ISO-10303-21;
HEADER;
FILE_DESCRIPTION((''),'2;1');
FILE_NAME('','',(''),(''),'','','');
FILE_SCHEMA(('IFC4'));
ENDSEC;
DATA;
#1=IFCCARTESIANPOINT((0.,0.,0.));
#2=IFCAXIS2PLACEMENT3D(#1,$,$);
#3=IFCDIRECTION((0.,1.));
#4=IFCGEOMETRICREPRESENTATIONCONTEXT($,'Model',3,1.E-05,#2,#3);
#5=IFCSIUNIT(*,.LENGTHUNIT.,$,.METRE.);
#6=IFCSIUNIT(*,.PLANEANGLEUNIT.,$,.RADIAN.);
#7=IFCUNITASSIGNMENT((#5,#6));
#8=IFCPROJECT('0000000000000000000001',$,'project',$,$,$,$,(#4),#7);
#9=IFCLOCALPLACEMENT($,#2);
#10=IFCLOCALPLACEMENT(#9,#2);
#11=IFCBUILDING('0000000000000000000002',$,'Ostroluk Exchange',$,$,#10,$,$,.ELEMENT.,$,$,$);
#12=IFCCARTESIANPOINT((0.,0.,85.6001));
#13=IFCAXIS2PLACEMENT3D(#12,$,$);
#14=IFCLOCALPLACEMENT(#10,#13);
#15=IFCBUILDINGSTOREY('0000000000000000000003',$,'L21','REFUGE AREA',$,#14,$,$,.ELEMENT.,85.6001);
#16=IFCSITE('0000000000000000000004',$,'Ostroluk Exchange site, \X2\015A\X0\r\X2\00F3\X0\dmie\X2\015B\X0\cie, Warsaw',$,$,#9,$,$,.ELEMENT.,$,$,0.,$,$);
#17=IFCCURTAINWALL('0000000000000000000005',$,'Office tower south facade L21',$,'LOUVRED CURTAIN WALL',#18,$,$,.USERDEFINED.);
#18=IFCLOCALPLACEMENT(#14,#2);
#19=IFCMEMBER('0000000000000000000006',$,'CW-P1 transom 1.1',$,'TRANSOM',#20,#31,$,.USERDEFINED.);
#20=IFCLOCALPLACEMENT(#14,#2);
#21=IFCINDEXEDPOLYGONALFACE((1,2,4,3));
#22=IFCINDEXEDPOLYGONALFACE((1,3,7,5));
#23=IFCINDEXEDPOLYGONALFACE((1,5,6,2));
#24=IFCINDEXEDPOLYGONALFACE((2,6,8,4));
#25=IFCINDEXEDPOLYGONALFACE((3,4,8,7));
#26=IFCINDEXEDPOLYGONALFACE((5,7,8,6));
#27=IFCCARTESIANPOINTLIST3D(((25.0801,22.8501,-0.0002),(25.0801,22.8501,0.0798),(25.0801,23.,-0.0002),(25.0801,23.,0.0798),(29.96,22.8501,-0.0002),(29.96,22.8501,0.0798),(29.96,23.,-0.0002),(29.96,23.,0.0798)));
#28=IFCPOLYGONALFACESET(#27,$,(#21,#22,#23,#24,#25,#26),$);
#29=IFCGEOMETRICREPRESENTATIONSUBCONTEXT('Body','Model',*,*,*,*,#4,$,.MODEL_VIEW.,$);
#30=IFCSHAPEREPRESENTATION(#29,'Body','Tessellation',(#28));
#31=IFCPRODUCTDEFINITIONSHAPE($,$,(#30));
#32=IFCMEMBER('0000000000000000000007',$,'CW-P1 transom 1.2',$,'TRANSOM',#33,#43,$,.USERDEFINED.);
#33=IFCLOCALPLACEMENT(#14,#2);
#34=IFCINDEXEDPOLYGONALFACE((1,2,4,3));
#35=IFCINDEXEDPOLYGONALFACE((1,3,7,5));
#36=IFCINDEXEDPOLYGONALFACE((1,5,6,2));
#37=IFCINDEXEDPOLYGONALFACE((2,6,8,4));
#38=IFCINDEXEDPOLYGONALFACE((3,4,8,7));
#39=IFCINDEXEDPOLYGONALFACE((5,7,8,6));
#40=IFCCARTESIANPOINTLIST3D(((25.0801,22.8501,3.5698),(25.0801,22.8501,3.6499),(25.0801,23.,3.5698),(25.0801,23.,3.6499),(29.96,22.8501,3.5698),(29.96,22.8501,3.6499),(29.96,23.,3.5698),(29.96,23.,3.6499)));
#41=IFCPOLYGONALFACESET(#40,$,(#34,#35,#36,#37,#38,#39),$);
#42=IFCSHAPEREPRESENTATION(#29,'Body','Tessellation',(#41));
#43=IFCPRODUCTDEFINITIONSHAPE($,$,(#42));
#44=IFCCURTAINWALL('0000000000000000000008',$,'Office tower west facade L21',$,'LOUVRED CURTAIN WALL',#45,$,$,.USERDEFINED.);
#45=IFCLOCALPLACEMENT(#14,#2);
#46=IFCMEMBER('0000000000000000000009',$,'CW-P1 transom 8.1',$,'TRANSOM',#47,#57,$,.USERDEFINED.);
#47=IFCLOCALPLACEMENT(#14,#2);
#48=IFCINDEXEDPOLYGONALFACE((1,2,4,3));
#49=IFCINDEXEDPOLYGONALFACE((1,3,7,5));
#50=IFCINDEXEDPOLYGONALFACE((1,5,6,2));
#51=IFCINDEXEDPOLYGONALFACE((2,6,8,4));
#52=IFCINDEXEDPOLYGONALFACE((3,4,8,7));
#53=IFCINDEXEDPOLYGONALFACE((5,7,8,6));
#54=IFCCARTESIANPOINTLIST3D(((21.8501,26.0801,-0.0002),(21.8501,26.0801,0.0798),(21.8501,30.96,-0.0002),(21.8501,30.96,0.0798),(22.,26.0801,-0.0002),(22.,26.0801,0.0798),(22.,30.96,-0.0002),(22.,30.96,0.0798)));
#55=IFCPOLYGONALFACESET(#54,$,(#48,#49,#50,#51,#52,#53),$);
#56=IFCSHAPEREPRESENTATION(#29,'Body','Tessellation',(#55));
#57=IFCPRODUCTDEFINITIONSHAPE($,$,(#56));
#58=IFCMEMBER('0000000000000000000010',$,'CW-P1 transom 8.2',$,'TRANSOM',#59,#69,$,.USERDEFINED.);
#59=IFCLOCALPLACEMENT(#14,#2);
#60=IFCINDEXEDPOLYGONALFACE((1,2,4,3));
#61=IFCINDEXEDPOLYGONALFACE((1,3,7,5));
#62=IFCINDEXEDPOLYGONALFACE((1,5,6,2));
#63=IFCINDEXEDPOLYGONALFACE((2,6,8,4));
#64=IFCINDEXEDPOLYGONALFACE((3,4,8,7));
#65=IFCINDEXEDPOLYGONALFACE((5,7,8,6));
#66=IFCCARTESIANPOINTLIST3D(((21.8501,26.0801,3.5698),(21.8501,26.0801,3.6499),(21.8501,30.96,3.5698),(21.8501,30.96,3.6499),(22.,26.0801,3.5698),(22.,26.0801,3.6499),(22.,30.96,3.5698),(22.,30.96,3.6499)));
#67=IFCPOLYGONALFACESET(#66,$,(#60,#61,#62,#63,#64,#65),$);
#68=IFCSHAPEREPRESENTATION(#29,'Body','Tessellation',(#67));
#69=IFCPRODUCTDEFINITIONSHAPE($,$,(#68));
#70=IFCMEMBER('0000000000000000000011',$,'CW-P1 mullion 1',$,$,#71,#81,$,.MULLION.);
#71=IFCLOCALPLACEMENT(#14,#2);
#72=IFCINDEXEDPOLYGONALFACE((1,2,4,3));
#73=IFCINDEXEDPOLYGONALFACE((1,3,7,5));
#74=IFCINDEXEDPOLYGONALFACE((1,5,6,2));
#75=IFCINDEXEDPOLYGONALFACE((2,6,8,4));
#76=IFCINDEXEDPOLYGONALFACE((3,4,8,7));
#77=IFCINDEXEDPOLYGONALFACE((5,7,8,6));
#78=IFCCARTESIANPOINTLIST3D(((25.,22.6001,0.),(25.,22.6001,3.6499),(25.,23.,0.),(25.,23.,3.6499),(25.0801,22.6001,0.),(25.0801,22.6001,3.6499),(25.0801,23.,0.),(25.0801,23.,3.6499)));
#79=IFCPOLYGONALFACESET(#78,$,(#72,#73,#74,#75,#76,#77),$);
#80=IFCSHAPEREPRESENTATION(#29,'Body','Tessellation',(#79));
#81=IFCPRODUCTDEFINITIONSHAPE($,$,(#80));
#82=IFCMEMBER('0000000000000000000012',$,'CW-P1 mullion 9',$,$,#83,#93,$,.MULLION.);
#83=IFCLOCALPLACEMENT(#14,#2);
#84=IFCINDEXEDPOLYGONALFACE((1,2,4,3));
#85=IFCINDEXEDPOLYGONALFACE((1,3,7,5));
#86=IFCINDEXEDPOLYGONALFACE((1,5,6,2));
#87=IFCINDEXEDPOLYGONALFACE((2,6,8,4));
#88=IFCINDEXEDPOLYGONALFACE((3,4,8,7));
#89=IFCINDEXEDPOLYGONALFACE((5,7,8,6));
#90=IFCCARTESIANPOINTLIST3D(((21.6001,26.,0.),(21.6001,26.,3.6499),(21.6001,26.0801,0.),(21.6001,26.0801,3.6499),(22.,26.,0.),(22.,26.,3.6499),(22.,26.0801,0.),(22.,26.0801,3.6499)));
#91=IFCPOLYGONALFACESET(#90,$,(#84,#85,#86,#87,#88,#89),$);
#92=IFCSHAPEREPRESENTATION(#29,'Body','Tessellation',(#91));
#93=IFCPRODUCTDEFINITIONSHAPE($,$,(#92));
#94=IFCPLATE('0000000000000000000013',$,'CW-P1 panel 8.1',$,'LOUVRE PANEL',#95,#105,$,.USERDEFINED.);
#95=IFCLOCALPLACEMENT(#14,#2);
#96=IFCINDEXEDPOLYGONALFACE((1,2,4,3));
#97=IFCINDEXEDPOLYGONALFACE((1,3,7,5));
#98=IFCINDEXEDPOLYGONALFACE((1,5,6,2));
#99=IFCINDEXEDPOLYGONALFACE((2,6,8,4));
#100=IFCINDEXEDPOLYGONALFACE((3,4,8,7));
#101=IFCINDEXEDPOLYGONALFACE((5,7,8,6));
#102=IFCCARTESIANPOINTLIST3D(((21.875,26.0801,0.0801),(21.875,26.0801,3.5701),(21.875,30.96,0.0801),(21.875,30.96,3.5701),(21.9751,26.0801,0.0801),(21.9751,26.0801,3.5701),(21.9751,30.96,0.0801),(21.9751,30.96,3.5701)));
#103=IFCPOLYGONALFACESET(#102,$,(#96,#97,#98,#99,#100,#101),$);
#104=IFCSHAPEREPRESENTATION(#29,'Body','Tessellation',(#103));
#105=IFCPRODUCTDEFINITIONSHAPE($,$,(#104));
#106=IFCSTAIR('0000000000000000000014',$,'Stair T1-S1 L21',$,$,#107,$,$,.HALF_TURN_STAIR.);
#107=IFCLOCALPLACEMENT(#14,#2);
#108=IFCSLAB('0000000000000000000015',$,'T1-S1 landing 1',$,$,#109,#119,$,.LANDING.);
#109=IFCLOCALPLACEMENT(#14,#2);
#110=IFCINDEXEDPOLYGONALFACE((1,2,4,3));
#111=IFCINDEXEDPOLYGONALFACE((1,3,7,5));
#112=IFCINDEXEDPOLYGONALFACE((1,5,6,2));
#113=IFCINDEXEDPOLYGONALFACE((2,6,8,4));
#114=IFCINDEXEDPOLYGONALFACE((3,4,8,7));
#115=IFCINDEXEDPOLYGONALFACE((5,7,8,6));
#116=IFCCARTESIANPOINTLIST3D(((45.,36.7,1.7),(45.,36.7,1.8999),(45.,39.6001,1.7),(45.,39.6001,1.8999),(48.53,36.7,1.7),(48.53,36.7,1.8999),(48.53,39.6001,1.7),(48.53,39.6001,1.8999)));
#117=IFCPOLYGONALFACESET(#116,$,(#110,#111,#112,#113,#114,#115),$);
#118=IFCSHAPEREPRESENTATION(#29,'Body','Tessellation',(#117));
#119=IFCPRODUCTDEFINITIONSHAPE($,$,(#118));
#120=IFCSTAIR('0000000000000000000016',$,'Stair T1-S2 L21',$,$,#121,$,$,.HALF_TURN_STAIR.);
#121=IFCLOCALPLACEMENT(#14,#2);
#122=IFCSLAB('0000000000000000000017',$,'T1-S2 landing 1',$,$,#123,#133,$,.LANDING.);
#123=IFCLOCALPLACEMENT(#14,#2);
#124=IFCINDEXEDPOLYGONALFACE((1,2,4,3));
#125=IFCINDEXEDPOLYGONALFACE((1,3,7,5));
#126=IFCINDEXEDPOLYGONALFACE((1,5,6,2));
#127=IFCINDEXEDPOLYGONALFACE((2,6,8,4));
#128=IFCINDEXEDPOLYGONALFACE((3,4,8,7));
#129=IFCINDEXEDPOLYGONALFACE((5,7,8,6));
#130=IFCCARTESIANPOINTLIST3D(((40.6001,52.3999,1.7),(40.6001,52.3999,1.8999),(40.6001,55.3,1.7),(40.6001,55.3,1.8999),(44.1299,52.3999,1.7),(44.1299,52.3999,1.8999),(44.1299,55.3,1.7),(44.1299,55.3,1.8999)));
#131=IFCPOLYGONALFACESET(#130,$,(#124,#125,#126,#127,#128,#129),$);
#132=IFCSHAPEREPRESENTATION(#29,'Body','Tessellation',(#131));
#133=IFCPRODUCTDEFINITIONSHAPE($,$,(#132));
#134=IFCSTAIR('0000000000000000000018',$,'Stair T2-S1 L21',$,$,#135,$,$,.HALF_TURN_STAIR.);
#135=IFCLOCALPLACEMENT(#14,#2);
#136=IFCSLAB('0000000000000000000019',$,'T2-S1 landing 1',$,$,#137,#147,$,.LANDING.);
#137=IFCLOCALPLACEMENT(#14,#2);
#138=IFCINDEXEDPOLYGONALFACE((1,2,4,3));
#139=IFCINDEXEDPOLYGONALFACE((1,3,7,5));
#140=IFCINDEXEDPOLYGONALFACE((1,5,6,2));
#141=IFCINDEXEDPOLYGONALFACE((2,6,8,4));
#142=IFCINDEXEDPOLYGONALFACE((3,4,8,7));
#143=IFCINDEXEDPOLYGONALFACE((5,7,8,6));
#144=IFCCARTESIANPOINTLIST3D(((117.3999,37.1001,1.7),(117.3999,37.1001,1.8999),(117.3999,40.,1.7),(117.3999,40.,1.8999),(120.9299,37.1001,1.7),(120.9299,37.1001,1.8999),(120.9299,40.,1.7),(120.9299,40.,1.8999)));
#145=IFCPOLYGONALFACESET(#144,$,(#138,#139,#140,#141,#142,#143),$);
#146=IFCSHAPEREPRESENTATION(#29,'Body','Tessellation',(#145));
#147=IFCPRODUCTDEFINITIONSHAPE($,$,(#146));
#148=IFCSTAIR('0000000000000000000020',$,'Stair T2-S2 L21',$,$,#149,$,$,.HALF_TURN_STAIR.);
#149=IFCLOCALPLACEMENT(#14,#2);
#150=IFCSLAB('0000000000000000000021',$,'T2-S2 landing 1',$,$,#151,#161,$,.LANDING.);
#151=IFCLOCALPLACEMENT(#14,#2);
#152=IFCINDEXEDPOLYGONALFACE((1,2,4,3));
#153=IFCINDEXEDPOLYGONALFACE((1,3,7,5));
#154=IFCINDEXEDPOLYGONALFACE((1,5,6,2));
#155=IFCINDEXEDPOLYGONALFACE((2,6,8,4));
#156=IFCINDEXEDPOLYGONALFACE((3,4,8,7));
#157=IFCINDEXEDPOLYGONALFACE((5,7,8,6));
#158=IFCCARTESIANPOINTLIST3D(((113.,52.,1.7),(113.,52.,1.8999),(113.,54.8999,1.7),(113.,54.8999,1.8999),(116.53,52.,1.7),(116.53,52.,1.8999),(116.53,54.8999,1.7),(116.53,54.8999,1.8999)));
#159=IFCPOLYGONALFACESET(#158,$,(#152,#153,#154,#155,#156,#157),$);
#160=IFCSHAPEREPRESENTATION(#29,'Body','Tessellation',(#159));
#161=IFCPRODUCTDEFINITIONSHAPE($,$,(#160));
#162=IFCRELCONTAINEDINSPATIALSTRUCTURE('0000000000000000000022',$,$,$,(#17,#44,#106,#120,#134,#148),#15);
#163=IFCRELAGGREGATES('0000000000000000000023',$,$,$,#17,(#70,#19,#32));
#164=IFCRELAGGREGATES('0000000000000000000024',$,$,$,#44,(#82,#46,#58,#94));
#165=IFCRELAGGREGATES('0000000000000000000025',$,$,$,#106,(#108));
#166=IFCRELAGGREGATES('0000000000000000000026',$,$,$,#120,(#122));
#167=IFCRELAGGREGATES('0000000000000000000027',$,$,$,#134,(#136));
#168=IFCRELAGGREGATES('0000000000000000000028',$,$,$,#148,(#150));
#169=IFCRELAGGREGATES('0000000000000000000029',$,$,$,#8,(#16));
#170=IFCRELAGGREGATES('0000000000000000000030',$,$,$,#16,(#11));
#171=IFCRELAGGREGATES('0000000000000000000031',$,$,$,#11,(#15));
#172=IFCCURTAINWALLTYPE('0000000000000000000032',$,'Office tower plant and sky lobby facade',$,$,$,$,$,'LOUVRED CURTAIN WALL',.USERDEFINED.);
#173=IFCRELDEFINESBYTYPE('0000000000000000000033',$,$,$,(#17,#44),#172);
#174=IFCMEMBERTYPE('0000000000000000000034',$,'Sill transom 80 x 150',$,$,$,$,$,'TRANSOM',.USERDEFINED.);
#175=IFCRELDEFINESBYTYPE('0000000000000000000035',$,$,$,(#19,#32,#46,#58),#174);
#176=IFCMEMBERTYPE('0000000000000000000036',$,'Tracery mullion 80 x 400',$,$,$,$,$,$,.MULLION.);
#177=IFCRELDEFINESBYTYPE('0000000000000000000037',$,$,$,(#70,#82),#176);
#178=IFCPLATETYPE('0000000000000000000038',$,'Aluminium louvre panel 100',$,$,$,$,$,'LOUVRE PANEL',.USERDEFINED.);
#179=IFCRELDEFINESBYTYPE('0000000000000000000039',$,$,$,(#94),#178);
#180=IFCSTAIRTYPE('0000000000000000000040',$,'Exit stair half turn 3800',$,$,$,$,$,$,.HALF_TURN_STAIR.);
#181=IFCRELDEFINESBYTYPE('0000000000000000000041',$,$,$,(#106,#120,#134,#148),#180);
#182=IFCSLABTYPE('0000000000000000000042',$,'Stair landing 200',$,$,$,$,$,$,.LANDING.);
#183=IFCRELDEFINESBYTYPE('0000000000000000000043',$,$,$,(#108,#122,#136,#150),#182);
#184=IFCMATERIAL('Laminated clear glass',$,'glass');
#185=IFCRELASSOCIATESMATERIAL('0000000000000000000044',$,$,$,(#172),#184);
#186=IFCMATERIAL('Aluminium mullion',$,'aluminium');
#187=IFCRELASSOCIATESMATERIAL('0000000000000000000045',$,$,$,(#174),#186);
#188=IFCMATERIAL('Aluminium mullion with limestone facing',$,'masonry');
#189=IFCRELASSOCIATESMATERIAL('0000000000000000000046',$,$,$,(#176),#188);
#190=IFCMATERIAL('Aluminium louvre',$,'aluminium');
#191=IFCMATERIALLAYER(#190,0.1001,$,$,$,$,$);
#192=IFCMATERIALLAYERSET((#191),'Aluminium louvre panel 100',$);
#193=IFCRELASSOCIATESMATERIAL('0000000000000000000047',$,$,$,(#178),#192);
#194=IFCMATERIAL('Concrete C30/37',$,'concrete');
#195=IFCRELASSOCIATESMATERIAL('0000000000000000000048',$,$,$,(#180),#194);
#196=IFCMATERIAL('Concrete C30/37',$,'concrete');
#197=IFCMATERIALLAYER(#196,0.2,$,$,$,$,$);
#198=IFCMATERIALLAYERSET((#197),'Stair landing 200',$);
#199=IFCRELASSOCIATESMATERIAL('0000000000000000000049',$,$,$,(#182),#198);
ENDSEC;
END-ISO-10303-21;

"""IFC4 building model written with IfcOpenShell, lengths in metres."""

from ifc_helpers import new_model, si_unit, direction, frame, origin, origin_2d, place, context, subcontext, project, spatial, polyline, rectangle, outline, extrude, material, layer, layer_set, material_profile, profile_set, type_object, element, aggregate, save


model = new_model("IFC4")

# Units and contexts
model_context = context("Model", 3, precision=1e-05, world=origin(), true_north=direction((0.0, 1.0)))
body_context = subcontext(model_context, "Body", "Model", "MODEL_VIEW")
ifc_project = project(units=[si_unit("LENGTHUNIT", "METRE"), si_unit("PLANEANGLEUNIT", "RADIAN")], contexts=[model_context])

# Site, building, storey
site_placement = place(None, origin())
site = spatial("IfcSite", under=ifc_project, at=site_placement, Name="Ostroluk Exchange site, Śródmieście, Warsaw", CompositionType="ELEMENT", RefElevation=0.0)
building_placement = place(site_placement, origin())
building = spatial("IfcBuilding", under=site, at=building_placement, Name="Ostroluk Exchange", CompositionType="ELEMENT")
storey_placement = place(building_placement, frame((0.0, 0.0, 85.6001)))
storey = spatial("IfcBuildingStorey", under=building, at=storey_placement, Name="L21", Description="REFUGE AREA", CompositionType="ELEMENT", Elevation=85.6001)

# Curtain walls, members
ifc_material_1 = material(Name="Laminated clear glass", Category="glass")
curtain_wall_type = type_object("IfcCurtainWallType", Name="Office tower plant and sky lobby facade", ElementType="LOUVRED CURTAIN WALL", PredefinedType="USERDEFINED", material=ifc_material_1)
curtain_wall_1_placement = place(storey_placement, origin())
curtain_wall_1 = element("IfcCurtainWall", 1, at=curtain_wall_1_placement, inside=storey, type_object=curtain_wall_type, Name="Office tower south facade L21", ObjectType="LOUVRED CURTAIN WALL", PredefinedType="USERDEFINED")
ifc_material_2 = material(Name="Aluminium mullion", Category="aluminium")
ifc_material_profile_1 = material_profile(ifc_material_2, rectangle(XDim=0.1499, YDim=0.0801, at=origin_2d()), Name="Sill transom 80 x 150")
ifc_profile_set_1 = profile_set([ifc_material_profile_1], Name="Aluminium mullion")
member_type_1 = type_object("IfcMemberType", Name="Sill transom 80 x 150", ElementType="TRANSOM", PredefinedType="USERDEFINED", material=ifc_profile_set_1)
member_1_placement = place(storey_placement, frame((25.0801, 22.925, 0.0398), z_axis=(1.0, 0.0, 0.0), x_axis=(0.0, 1.0, 0.0)))
member_1 = element("IfcMember", 2, at=member_1_placement, type_object=member_type_1, Name="CW-P1 transom 1.1", ObjectType="TRANSOM", PredefinedType="USERDEFINED", context=body_context, shape_type="SweptSolid", body=[
    extrude(rectangle(XDim=0.1499, YDim=0.0801, at=origin_2d()), origin(), (0.0, 0.0, 1.0), 4.8799),
])
member_2_placement = place(storey_placement, frame((25.0801, 22.925, 3.6099), z_axis=(1.0, 0.0, 0.0), x_axis=(0.0, 1.0, 0.0)))
member_2 = element("IfcMember", 3, at=member_2_placement, type_object=member_type_1, Name="CW-P1 transom 1.2", ObjectType="TRANSOM", PredefinedType="USERDEFINED", context=body_context, shape_type="SweptSolid", body=[
    extrude(rectangle(XDim=0.1499, YDim=0.0801, at=origin_2d()), origin(), (0.0, 0.0, 1.0), 4.8799),
])
curtain_wall_2_placement = place(storey_placement, origin())
curtain_wall_2 = element("IfcCurtainWall", 4, at=curtain_wall_2_placement, inside=storey, type_object=curtain_wall_type, Name="Office tower west facade L21", ObjectType="LOUVRED CURTAIN WALL", PredefinedType="USERDEFINED")
member_3_placement = place(storey_placement, frame((21.925, 30.96, 0.0398), z_axis=(0.0, -1.0, 0.0), x_axis=(1.0, 0.0, 0.0)))
member_3 = element("IfcMember", 5, at=member_3_placement, type_object=member_type_1, Name="CW-P1 transom 8.1", ObjectType="TRANSOM", PredefinedType="USERDEFINED", context=body_context, shape_type="SweptSolid", body=[
    extrude(rectangle(XDim=0.1499, YDim=0.0801, at=origin_2d()), origin(), (0.0, 0.0, 1.0), 4.8799),
])
member_4_placement = place(storey_placement, frame((21.925, 30.96, 3.6099), z_axis=(0.0, -1.0, 0.0), x_axis=(1.0, 0.0, 0.0)))
member_4 = element("IfcMember", 6, at=member_4_placement, type_object=member_type_1, Name="CW-P1 transom 8.2", ObjectType="TRANSOM", PredefinedType="USERDEFINED", context=body_context, shape_type="SweptSolid", body=[
    extrude(rectangle(XDim=0.1499, YDim=0.0801, at=origin_2d()), origin(), (0.0, 0.0, 1.0), 4.8799),
])

# Members
ifc_material_3 = material(Name="Aluminium mullion with limestone facing", Category="masonry")
ifc_material_profile_2 = material_profile(ifc_material_3, rectangle(XDim=0.3999, YDim=0.0801, at=origin_2d()), Name="Tracery mullion 80 x 400")
ifc_profile_set_2 = profile_set([ifc_material_profile_2], Name="Aluminium mullion with limestone facing")
member_type_2 = type_object("IfcMemberType", Name="Tracery mullion 80 x 400", PredefinedType="MULLION", material=ifc_profile_set_2)
member_5_placement = place(storey_placement, frame((25.04, 22.8, 0.0), z_axis=(0.0, 0.0, 1.0), x_axis=(0.0, 1.0, 0.0)))
member_5 = element("IfcMember", 7, at=member_5_placement, type_object=member_type_2, Name="CW-P1 mullion 1", PredefinedType="MULLION", context=body_context, shape_type="SweptSolid", body=[
    extrude(rectangle(XDim=0.3999, YDim=0.0801, at=origin_2d()), origin(), (0.0, 0.0, 1.0), 3.6499),
])
aggregate(curtain_wall_1, [member_5, member_1, member_2])
member_6_placement = place(storey_placement, frame((21.8, 26.04, 0.0), z_axis=(0.0, 0.0, 1.0), x_axis=(1.0, 0.0, 0.0)))
member_6 = element("IfcMember", 8, at=member_6_placement, type_object=member_type_2, Name="CW-P1 mullion 9", PredefinedType="MULLION", context=body_context, shape_type="SweptSolid", body=[
    extrude(rectangle(XDim=0.3999, YDim=0.0801, at=origin_2d()), origin(), (0.0, 0.0, 1.0), 3.6499),
])

# Plate
ifc_material_4 = material(Name="Aluminium louvre", Category="aluminium")
ifc_layer_1 = layer(ifc_material_4, 0.1001)
ifc_layer_set_1 = layer_set([ifc_layer_1], Name="Aluminium louvre panel 100")
plate_type = type_object("IfcPlateType", Name="Aluminium louvre panel 100", ElementType="LOUVRE PANEL", PredefinedType="USERDEFINED", material=ifc_layer_set_1)
plate_placement = place(storey_placement, frame((21.925, 28.52, 0.0801), z_axis=(0.0, 0.0, 1.0), x_axis=(0.0, -1.0, 0.0)))
plate = element("IfcPlate", 9, at=plate_placement, type_object=plate_type, Name="CW-P1 panel 8.1", ObjectType="LOUVRE PANEL", PredefinedType="USERDEFINED", context=body_context, shape_type="SweptSolid", body=[
    extrude(rectangle(XDim=4.8799, YDim=0.1001, at=origin_2d()), origin(), (0.0, 0.0, 1.0), 3.49),
])
aggregate(curtain_wall_2, [member_6, member_3, member_4, plate])

# Stairs, slabs
ifc_material_5 = material(Name="Concrete C30/37", Category="concrete")
stair_type = type_object("IfcStairType", Name="Exit stair half turn 3800", PredefinedType="HALF_TURN_STAIR", material=ifc_material_5)
stair_1_placement = place(storey_placement, origin())
stair_1 = element("IfcStair", 10, at=stair_1_placement, inside=storey, type_object=stair_type, Name="Stair T1-S1 L21", PredefinedType="HALF_TURN_STAIR")
ifc_material_6 = material(Name="Concrete C30/37", Category="concrete")
ifc_layer_2 = layer(ifc_material_6, 0.2)
ifc_layer_set_2 = layer_set([ifc_layer_2], Name="Stair landing 200")
slab_type_1 = type_object("IfcSlabType", Name="Stair landing 200", PredefinedType="LANDING", material=ifc_layer_set_2)
slab_1_placement = place(storey_placement, frame((0.0, 0.0, 1.7)))
slab_1 = element("IfcSlab", 11, at=slab_1_placement, type_object=slab_type_1, Name="T1-S1 landing 1", PredefinedType="LANDING", context=body_context, shape_type="SweptSolid", body=[
    extrude(outline(polyline([(45.0, 36.7), (45.0, 39.6001), (48.53, 39.6001), (48.53, 36.7), (45.0, 36.7)])), origin(), (0.0, 0.0, 1.0), 0.2),
])
aggregate(stair_1, [slab_1])
stair_2_placement = place(storey_placement, origin())
stair_2 = element("IfcStair", 12, at=stair_2_placement, inside=storey, type_object=stair_type, Name="Stair T1-S2 L21", PredefinedType="HALF_TURN_STAIR")
slab_2_placement = place(storey_placement, frame((0.0, 0.0, 1.7)))
slab_2 = element("IfcSlab", 13, at=slab_2_placement, type_object=slab_type_1, Name="T1-S2 landing 1", PredefinedType="LANDING", context=body_context, shape_type="SweptSolid", body=[
    extrude(outline(polyline([(44.1299, 52.3999), (44.1299, 55.3), (40.6001, 55.3), (40.6001, 52.3999), (44.1299, 52.3999)])), origin(), (0.0, 0.0, 1.0), 0.2),
])
aggregate(stair_2, [slab_2])
stair_3_placement = place(storey_placement, origin())
stair_3 = element("IfcStair", 14, at=stair_3_placement, inside=storey, type_object=stair_type, Name="Stair T2-S1 L21", PredefinedType="HALF_TURN_STAIR")
slab_3_placement = place(storey_placement, frame((0.0, 0.0, 1.7)))
slab_3 = element("IfcSlab", 15, at=slab_3_placement, type_object=slab_type_1, Name="T2-S1 landing 1", PredefinedType="LANDING", context=body_context, shape_type="SweptSolid", body=[
    extrude(outline(polyline([(117.3999, 37.1001), (117.3999, 40.0), (120.9299, 40.0), (120.9299, 37.1001), (117.3999, 37.1001)])), origin(), (0.0, 0.0, 1.0), 0.2),
])
aggregate(stair_3, [slab_3])
stair_4_placement = place(storey_placement, origin())
stair_4 = element("IfcStair", 16, at=stair_4_placement, inside=storey, type_object=stair_type, Name="Stair T2-S2 L21", PredefinedType="HALF_TURN_STAIR")
slab_4_placement = place(storey_placement, frame((0.0, 0.0, 1.7)))
slab_4 = element("IfcSlab", 17, at=slab_4_placement, type_object=slab_type_1, Name="T2-S2 landing 1", PredefinedType="LANDING", context=body_context, shape_type="SweptSolid", body=[
    extrude(outline(polyline([(116.53, 52.0), (116.53, 54.8999), (113.0, 54.8999), (113.0, 52.0), (116.53, 52.0)])), origin(), (0.0, 0.0, 1.0), 0.2),
])
aggregate(stair_4, [slab_4])

save(model, "model.ifc")
